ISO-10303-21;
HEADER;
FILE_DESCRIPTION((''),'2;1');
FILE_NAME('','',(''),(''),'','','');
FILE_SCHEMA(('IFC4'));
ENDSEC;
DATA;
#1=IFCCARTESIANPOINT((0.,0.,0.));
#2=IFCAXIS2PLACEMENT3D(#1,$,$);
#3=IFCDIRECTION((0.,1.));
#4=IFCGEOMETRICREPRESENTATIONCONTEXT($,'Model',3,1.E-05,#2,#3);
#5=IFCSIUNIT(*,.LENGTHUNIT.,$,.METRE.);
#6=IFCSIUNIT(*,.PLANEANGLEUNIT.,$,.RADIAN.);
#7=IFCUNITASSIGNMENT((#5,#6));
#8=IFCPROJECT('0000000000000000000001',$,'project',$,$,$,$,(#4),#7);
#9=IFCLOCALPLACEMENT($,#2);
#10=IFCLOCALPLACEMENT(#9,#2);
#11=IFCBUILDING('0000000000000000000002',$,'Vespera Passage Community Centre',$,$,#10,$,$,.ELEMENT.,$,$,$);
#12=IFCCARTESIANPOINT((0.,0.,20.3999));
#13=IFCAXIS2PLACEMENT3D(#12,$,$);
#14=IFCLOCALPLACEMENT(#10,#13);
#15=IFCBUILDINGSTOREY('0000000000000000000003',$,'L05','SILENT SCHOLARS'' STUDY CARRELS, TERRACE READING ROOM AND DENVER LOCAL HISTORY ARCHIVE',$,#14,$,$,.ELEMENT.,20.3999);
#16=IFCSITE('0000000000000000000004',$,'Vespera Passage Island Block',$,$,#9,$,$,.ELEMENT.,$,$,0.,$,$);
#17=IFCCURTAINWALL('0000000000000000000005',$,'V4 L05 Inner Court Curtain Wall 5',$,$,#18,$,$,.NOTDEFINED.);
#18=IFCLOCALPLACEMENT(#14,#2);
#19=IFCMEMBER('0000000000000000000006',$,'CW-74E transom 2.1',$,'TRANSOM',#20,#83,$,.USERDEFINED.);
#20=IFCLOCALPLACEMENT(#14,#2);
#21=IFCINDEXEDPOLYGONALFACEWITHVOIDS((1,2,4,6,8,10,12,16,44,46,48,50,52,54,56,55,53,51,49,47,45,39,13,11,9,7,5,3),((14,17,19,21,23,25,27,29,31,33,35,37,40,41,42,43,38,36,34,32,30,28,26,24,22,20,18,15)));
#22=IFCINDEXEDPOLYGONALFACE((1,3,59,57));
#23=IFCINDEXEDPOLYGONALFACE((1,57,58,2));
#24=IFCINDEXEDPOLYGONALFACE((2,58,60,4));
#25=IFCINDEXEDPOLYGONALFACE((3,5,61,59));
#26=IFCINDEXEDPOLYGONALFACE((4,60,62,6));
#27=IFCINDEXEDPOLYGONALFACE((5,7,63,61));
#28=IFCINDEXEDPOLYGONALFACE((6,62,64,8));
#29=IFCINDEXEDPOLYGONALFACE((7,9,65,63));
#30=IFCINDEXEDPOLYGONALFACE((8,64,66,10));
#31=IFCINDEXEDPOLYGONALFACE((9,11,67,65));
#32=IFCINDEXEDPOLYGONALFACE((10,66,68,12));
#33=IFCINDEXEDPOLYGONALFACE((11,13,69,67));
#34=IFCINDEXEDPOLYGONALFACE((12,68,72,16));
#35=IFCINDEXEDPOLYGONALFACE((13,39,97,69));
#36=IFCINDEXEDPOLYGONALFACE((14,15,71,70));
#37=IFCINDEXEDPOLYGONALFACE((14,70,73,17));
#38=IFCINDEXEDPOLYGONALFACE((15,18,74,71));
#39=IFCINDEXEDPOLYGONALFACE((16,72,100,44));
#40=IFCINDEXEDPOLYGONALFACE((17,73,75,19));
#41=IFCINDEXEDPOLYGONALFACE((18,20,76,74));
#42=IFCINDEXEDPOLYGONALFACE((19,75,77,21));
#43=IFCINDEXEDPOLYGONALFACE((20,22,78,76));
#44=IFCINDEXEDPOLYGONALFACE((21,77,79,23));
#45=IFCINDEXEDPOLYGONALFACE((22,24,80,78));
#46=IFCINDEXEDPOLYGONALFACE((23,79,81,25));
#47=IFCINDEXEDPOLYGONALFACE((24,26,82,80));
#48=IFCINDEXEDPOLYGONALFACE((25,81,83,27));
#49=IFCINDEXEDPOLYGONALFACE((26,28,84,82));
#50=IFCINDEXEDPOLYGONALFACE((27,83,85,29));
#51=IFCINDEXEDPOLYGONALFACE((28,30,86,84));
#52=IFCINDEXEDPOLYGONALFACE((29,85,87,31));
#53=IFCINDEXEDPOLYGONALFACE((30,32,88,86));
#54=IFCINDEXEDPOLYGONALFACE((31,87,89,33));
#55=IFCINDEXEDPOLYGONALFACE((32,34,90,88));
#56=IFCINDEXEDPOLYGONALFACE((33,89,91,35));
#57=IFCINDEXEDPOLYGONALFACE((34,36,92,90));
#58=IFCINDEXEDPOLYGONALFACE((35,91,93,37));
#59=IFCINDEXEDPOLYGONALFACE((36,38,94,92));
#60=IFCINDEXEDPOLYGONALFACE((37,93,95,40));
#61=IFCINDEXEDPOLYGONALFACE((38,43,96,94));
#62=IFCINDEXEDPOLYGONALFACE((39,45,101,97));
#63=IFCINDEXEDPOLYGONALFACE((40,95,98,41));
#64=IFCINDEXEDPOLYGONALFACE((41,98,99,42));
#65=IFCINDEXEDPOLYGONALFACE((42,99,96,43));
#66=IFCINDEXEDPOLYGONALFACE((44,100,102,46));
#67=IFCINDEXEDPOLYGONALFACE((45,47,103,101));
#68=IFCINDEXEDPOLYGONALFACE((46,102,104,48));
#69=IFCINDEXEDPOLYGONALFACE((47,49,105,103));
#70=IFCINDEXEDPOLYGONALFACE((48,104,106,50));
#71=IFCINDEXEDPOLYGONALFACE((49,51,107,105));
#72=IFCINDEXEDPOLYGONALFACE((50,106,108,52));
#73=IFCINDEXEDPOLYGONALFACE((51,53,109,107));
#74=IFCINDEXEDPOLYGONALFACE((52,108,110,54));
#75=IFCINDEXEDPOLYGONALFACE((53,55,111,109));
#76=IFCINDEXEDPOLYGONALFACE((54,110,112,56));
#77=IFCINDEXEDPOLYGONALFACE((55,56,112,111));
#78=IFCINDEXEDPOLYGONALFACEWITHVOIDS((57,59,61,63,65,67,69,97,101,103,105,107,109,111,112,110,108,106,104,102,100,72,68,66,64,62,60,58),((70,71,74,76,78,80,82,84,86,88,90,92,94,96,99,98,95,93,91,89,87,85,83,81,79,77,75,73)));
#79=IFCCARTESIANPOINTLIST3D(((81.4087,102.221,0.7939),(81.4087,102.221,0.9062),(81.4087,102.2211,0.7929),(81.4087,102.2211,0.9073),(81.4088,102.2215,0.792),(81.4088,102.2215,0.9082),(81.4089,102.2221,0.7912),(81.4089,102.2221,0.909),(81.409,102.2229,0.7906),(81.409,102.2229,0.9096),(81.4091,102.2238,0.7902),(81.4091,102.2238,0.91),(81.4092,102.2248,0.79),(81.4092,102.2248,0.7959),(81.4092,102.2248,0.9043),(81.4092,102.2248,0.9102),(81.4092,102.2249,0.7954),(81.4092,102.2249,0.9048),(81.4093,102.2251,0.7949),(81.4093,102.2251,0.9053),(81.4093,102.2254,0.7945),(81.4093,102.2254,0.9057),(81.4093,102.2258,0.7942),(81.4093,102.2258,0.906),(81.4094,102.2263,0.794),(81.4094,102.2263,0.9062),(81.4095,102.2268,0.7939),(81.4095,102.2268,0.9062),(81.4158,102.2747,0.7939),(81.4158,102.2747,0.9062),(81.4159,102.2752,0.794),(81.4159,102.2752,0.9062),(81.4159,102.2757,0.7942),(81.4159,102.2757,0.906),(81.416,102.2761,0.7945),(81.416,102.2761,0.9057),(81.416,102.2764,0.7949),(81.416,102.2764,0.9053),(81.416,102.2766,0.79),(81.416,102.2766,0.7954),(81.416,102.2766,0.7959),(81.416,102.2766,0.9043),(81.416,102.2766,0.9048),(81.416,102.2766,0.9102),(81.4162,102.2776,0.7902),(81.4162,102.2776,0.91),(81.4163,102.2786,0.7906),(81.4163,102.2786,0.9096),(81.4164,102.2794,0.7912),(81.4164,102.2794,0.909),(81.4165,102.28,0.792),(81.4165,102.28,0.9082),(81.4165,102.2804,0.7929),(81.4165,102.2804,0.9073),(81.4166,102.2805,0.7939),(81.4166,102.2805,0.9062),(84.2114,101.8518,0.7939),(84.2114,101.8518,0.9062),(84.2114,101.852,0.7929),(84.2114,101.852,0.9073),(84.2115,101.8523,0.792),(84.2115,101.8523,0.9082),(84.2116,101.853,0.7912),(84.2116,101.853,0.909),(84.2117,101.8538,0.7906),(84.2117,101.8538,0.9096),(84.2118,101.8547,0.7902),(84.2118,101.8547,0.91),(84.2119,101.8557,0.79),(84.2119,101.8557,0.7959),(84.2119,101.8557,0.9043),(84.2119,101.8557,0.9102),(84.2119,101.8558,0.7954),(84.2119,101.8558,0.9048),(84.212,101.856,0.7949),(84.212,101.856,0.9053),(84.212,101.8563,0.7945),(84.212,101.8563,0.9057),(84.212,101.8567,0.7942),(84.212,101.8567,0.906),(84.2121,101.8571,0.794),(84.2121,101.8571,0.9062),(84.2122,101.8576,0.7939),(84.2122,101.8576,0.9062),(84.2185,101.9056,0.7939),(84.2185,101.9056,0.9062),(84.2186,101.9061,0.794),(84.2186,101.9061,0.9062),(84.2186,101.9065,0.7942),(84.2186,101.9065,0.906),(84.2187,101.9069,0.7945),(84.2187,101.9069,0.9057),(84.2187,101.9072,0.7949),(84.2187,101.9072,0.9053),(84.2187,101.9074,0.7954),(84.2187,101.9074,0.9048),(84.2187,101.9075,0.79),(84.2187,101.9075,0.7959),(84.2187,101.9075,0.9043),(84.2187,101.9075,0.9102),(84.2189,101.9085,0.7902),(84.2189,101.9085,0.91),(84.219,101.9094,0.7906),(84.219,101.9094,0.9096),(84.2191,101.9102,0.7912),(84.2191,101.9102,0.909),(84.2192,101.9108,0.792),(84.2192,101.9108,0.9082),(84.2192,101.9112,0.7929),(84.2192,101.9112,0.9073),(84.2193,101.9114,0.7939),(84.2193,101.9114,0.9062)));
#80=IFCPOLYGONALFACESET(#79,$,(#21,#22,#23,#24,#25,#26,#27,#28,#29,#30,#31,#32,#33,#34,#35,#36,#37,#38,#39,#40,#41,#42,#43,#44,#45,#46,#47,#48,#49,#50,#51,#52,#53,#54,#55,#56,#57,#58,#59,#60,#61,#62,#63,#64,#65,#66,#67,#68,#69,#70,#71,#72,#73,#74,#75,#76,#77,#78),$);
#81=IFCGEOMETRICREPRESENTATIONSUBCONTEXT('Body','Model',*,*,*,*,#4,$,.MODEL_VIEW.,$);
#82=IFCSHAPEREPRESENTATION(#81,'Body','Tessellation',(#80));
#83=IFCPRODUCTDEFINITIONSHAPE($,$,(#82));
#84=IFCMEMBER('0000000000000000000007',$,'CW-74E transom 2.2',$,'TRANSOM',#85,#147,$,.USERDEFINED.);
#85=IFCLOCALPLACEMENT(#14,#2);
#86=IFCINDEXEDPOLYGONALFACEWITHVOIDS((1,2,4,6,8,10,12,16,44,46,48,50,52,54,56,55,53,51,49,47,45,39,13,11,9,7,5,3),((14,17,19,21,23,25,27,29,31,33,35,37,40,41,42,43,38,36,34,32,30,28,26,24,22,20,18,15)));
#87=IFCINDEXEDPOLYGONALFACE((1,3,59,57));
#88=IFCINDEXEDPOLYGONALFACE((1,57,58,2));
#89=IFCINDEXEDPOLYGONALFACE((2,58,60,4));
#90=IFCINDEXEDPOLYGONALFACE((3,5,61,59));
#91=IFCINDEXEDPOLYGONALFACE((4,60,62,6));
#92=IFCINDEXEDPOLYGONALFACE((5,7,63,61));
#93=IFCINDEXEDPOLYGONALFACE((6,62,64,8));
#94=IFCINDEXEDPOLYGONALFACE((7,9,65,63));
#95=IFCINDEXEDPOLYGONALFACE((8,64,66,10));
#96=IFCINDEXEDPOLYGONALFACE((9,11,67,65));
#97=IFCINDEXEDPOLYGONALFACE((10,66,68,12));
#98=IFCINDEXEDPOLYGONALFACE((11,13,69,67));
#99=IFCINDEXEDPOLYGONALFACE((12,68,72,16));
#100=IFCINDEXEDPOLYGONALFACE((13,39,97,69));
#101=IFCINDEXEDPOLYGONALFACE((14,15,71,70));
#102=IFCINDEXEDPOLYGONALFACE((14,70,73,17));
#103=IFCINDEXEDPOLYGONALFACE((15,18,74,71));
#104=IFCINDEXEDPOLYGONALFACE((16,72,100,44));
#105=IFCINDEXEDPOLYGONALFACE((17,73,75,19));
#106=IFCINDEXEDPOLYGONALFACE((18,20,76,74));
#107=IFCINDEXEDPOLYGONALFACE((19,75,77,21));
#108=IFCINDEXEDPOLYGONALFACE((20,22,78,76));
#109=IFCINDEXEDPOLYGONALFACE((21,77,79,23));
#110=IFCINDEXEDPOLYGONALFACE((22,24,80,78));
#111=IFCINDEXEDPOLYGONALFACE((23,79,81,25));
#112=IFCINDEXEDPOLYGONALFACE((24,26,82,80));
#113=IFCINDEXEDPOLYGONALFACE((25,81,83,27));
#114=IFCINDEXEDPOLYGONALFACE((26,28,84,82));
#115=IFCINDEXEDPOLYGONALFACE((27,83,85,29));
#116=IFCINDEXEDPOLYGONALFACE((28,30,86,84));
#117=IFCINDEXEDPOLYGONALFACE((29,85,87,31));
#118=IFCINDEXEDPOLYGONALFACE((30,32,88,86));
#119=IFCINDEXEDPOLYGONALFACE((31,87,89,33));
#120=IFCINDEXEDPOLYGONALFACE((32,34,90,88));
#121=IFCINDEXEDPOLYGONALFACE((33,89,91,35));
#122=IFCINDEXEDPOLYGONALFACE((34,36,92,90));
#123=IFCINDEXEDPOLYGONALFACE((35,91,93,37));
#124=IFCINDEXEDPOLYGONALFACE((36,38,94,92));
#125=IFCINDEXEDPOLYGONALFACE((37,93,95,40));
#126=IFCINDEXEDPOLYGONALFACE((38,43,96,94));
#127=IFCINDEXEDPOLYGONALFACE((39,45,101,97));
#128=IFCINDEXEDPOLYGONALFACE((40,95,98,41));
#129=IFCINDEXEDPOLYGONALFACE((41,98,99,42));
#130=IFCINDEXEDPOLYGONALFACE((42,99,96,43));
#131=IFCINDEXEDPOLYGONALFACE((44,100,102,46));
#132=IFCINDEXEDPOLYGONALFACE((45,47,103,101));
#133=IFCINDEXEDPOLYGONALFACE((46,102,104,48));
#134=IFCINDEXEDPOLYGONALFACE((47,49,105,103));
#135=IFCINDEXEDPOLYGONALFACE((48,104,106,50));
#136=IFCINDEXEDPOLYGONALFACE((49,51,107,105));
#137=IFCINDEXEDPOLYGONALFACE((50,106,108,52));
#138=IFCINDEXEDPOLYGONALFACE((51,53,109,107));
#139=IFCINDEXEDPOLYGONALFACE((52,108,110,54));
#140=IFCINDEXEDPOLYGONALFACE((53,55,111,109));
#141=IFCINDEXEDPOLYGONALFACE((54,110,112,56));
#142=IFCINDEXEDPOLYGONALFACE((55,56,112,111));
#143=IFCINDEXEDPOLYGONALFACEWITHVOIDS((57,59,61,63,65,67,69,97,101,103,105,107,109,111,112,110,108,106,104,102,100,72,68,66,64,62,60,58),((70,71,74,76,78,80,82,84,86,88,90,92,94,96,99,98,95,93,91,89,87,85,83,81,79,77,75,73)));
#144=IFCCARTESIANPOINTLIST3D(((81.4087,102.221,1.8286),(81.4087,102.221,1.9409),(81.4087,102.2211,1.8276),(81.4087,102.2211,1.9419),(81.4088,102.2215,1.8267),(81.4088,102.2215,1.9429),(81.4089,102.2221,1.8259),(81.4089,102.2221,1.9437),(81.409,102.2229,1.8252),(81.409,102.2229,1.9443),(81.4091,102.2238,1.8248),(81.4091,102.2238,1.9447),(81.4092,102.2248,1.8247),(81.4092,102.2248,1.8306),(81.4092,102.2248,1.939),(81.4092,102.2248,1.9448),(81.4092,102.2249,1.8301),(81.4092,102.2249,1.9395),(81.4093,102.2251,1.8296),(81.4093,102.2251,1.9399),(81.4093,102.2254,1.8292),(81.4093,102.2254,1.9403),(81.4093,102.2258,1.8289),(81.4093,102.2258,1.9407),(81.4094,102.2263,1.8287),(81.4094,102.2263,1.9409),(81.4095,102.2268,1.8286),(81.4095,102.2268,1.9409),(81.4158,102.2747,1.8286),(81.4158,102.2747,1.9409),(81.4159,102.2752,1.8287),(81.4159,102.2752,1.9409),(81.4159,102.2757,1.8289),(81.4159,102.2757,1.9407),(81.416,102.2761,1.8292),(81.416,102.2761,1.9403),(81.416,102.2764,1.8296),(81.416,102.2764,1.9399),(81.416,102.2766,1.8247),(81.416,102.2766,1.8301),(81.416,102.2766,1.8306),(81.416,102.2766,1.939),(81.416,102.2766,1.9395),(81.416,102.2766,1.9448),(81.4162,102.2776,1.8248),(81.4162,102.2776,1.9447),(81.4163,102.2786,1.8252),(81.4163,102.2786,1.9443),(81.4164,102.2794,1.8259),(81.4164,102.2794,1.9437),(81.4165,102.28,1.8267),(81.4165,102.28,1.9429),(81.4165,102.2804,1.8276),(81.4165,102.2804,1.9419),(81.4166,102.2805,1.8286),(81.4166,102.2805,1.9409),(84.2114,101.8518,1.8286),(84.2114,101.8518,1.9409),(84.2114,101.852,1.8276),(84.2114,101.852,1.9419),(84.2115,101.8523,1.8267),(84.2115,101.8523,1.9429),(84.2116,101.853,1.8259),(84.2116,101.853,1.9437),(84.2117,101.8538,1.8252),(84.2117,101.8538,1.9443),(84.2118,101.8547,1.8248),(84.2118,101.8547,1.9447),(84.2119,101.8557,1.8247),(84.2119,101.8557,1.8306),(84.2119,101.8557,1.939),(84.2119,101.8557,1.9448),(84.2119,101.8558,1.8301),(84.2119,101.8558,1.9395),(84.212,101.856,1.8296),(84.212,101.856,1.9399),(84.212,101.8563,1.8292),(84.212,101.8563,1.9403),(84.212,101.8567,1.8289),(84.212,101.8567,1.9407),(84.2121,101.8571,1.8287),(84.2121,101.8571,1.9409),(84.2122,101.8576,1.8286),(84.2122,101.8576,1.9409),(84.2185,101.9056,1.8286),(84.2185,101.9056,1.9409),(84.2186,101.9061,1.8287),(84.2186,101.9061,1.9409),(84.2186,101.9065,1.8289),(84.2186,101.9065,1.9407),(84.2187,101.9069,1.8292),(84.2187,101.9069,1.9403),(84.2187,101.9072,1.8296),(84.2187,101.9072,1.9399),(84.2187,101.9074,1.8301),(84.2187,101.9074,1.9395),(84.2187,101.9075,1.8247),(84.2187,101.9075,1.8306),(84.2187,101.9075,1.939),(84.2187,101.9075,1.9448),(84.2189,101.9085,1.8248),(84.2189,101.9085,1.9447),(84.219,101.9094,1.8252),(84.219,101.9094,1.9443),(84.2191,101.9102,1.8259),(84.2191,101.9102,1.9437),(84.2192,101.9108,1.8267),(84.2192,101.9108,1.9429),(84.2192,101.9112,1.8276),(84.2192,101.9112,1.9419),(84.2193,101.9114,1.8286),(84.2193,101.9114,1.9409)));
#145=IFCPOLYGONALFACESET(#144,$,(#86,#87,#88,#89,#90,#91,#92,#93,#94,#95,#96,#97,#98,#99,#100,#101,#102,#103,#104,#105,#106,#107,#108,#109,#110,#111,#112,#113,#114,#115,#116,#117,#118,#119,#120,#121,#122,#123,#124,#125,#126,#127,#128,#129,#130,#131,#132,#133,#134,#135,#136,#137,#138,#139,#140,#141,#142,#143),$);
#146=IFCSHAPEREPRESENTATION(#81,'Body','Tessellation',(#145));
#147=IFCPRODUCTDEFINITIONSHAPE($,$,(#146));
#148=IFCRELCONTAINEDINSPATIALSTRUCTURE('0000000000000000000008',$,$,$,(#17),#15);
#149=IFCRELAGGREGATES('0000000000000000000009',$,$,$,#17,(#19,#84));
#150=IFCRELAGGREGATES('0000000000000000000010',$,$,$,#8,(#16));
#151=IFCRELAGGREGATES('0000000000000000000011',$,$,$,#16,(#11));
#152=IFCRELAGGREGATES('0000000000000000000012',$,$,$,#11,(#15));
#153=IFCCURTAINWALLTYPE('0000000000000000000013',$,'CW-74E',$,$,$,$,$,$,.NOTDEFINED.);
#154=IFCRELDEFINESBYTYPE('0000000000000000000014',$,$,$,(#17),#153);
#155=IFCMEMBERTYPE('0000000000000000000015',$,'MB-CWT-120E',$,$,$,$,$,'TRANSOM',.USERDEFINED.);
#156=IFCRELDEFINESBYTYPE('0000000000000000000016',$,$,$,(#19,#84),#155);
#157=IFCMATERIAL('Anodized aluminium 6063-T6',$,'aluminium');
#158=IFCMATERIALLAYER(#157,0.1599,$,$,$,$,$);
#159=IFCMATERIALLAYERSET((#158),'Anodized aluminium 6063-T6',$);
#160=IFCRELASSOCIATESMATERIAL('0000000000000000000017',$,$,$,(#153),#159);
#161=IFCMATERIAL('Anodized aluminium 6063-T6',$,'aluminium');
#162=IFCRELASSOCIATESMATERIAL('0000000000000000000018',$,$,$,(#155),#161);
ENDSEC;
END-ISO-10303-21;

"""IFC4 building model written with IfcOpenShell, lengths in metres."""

from ifc_helpers import new_model, si_unit, direction, frame, origin, origin_2d, place, context, subcontext, project, spatial, hollow_rectangle, extrude, material, layer, layer_set, material_profile, profile_set, type_object, element, aggregate, save


model = new_model("IFC4")

# Units and contexts
model_context = context("Model", 3, precision=1e-05, world=origin(), true_north=direction((0.0, 1.0)))
body_context = subcontext(model_context, "Body", "Model", "MODEL_VIEW")
ifc_project = project(units=[si_unit("LENGTHUNIT", "METRE"), si_unit("PLANEANGLEUNIT", "RADIAN")], contexts=[model_context])

# Site, building, storey
site_placement = place(None, origin())
site = spatial("IfcSite", under=ifc_project, at=site_placement, Name="Vespera Passage Island Block", CompositionType="ELEMENT", RefElevation=0.0)
building_placement = place(site_placement, origin())
building = spatial("IfcBuilding", under=site, at=building_placement, Name="Vespera Passage Community Centre", CompositionType="ELEMENT")
storey_placement = place(building_placement, frame((0.0, 0.0, 20.3999)))
storey = spatial("IfcBuildingStorey", under=building, at=storey_placement, Name="L05", Description="SILENT SCHOLARS' STUDY CARRELS, TERRACE READING ROOM AND DENVER LOCAL HISTORY ARCHIVE", CompositionType="ELEMENT", Elevation=20.3999)

# Curtain wall
ifc_material_1 = material(Name="Anodized aluminium 6063-T6", Category="aluminium")
ifc_layer_1 = layer(ifc_material_1, 0.1599)
ifc_layer_set_1 = layer_set([ifc_layer_1], Name="Anodized aluminium 6063-T6")
curtain_wall_type_1 = type_object("IfcCurtainWallType", Name="CW-74E", PredefinedType="NOTDEFINED", material=ifc_layer_set_1)
curtain_wall_1_placement = place(storey_placement, origin())
curtain_wall_1 = element("IfcCurtainWall", 1, at=curtain_wall_1_placement, inside=storey, type_object=curtain_wall_type_1, Name="V4 L05 Inner Court Curtain Wall 5", PredefinedType="NOTDEFINED")

# Members
ifc_material_2 = material(Name="Anodized aluminium 6063-T6", Category="aluminium")
ifc_material_profile_1 = material_profile(ifc_material_2, hollow_rectangle(XDim=0.0601, YDim=0.1201, WallThickness=0.0039, InnerFilletRadius=0.002, OuterFilletRadius=0.0039, at=origin_2d()), Name="ALU120X60X4")
ifc_profile_set_1 = profile_set([ifc_material_profile_1], Name="Anodized aluminium 6063-T6")
member_type_1 = type_object("IfcMemberType", Name="MB-CWT-120E", ElementType="TRANSOM", PredefinedType="USERDEFINED", material=ifc_profile_set_1)
member_1_placement = place(storey_placement, frame((84.2153, 101.8816, 0.8501), z_axis=(-0.991438, 0.13058, 0.0), x_axis=(-0.13058, -0.991438, 0.0)))
member_1 = element("IfcMember", 2, at=member_1_placement, type_object=member_type_1, Name="CW-74E transom 2.1", ObjectType="TRANSOM", PredefinedType="USERDEFINED", context=body_context, shape_type="SweptSolid", body=[
    extrude(hollow_rectangle(XDim=0.0601, YDim=0.1201, WallThickness=0.0039, InnerFilletRadius=0.002, OuterFilletRadius=0.0039, at=origin_2d()), origin(), (0.0, 0.0, 1.0), 2.8269),
])
member_2_placement = place(storey_placement, frame((84.2153, 101.8816, 1.8848), z_axis=(-0.991438, 0.13058, 0.0), x_axis=(-0.13058, -0.991438, 0.0)))
member_2 = element("IfcMember", 3, at=member_2_placement, type_object=member_type_1, Name="CW-74E transom 2.2", ObjectType="TRANSOM", PredefinedType="USERDEFINED", context=body_context, shape_type="SweptSolid", body=[
    extrude(hollow_rectangle(XDim=0.0601, YDim=0.1201, WallThickness=0.0039, InnerFilletRadius=0.002, OuterFilletRadius=0.0039, at=origin_2d()), origin(), (0.0, 0.0, 1.0), 2.8269),
])

aggregate(curtain_wall_1, [member_1, member_2])

save(model, "model.ifc")
